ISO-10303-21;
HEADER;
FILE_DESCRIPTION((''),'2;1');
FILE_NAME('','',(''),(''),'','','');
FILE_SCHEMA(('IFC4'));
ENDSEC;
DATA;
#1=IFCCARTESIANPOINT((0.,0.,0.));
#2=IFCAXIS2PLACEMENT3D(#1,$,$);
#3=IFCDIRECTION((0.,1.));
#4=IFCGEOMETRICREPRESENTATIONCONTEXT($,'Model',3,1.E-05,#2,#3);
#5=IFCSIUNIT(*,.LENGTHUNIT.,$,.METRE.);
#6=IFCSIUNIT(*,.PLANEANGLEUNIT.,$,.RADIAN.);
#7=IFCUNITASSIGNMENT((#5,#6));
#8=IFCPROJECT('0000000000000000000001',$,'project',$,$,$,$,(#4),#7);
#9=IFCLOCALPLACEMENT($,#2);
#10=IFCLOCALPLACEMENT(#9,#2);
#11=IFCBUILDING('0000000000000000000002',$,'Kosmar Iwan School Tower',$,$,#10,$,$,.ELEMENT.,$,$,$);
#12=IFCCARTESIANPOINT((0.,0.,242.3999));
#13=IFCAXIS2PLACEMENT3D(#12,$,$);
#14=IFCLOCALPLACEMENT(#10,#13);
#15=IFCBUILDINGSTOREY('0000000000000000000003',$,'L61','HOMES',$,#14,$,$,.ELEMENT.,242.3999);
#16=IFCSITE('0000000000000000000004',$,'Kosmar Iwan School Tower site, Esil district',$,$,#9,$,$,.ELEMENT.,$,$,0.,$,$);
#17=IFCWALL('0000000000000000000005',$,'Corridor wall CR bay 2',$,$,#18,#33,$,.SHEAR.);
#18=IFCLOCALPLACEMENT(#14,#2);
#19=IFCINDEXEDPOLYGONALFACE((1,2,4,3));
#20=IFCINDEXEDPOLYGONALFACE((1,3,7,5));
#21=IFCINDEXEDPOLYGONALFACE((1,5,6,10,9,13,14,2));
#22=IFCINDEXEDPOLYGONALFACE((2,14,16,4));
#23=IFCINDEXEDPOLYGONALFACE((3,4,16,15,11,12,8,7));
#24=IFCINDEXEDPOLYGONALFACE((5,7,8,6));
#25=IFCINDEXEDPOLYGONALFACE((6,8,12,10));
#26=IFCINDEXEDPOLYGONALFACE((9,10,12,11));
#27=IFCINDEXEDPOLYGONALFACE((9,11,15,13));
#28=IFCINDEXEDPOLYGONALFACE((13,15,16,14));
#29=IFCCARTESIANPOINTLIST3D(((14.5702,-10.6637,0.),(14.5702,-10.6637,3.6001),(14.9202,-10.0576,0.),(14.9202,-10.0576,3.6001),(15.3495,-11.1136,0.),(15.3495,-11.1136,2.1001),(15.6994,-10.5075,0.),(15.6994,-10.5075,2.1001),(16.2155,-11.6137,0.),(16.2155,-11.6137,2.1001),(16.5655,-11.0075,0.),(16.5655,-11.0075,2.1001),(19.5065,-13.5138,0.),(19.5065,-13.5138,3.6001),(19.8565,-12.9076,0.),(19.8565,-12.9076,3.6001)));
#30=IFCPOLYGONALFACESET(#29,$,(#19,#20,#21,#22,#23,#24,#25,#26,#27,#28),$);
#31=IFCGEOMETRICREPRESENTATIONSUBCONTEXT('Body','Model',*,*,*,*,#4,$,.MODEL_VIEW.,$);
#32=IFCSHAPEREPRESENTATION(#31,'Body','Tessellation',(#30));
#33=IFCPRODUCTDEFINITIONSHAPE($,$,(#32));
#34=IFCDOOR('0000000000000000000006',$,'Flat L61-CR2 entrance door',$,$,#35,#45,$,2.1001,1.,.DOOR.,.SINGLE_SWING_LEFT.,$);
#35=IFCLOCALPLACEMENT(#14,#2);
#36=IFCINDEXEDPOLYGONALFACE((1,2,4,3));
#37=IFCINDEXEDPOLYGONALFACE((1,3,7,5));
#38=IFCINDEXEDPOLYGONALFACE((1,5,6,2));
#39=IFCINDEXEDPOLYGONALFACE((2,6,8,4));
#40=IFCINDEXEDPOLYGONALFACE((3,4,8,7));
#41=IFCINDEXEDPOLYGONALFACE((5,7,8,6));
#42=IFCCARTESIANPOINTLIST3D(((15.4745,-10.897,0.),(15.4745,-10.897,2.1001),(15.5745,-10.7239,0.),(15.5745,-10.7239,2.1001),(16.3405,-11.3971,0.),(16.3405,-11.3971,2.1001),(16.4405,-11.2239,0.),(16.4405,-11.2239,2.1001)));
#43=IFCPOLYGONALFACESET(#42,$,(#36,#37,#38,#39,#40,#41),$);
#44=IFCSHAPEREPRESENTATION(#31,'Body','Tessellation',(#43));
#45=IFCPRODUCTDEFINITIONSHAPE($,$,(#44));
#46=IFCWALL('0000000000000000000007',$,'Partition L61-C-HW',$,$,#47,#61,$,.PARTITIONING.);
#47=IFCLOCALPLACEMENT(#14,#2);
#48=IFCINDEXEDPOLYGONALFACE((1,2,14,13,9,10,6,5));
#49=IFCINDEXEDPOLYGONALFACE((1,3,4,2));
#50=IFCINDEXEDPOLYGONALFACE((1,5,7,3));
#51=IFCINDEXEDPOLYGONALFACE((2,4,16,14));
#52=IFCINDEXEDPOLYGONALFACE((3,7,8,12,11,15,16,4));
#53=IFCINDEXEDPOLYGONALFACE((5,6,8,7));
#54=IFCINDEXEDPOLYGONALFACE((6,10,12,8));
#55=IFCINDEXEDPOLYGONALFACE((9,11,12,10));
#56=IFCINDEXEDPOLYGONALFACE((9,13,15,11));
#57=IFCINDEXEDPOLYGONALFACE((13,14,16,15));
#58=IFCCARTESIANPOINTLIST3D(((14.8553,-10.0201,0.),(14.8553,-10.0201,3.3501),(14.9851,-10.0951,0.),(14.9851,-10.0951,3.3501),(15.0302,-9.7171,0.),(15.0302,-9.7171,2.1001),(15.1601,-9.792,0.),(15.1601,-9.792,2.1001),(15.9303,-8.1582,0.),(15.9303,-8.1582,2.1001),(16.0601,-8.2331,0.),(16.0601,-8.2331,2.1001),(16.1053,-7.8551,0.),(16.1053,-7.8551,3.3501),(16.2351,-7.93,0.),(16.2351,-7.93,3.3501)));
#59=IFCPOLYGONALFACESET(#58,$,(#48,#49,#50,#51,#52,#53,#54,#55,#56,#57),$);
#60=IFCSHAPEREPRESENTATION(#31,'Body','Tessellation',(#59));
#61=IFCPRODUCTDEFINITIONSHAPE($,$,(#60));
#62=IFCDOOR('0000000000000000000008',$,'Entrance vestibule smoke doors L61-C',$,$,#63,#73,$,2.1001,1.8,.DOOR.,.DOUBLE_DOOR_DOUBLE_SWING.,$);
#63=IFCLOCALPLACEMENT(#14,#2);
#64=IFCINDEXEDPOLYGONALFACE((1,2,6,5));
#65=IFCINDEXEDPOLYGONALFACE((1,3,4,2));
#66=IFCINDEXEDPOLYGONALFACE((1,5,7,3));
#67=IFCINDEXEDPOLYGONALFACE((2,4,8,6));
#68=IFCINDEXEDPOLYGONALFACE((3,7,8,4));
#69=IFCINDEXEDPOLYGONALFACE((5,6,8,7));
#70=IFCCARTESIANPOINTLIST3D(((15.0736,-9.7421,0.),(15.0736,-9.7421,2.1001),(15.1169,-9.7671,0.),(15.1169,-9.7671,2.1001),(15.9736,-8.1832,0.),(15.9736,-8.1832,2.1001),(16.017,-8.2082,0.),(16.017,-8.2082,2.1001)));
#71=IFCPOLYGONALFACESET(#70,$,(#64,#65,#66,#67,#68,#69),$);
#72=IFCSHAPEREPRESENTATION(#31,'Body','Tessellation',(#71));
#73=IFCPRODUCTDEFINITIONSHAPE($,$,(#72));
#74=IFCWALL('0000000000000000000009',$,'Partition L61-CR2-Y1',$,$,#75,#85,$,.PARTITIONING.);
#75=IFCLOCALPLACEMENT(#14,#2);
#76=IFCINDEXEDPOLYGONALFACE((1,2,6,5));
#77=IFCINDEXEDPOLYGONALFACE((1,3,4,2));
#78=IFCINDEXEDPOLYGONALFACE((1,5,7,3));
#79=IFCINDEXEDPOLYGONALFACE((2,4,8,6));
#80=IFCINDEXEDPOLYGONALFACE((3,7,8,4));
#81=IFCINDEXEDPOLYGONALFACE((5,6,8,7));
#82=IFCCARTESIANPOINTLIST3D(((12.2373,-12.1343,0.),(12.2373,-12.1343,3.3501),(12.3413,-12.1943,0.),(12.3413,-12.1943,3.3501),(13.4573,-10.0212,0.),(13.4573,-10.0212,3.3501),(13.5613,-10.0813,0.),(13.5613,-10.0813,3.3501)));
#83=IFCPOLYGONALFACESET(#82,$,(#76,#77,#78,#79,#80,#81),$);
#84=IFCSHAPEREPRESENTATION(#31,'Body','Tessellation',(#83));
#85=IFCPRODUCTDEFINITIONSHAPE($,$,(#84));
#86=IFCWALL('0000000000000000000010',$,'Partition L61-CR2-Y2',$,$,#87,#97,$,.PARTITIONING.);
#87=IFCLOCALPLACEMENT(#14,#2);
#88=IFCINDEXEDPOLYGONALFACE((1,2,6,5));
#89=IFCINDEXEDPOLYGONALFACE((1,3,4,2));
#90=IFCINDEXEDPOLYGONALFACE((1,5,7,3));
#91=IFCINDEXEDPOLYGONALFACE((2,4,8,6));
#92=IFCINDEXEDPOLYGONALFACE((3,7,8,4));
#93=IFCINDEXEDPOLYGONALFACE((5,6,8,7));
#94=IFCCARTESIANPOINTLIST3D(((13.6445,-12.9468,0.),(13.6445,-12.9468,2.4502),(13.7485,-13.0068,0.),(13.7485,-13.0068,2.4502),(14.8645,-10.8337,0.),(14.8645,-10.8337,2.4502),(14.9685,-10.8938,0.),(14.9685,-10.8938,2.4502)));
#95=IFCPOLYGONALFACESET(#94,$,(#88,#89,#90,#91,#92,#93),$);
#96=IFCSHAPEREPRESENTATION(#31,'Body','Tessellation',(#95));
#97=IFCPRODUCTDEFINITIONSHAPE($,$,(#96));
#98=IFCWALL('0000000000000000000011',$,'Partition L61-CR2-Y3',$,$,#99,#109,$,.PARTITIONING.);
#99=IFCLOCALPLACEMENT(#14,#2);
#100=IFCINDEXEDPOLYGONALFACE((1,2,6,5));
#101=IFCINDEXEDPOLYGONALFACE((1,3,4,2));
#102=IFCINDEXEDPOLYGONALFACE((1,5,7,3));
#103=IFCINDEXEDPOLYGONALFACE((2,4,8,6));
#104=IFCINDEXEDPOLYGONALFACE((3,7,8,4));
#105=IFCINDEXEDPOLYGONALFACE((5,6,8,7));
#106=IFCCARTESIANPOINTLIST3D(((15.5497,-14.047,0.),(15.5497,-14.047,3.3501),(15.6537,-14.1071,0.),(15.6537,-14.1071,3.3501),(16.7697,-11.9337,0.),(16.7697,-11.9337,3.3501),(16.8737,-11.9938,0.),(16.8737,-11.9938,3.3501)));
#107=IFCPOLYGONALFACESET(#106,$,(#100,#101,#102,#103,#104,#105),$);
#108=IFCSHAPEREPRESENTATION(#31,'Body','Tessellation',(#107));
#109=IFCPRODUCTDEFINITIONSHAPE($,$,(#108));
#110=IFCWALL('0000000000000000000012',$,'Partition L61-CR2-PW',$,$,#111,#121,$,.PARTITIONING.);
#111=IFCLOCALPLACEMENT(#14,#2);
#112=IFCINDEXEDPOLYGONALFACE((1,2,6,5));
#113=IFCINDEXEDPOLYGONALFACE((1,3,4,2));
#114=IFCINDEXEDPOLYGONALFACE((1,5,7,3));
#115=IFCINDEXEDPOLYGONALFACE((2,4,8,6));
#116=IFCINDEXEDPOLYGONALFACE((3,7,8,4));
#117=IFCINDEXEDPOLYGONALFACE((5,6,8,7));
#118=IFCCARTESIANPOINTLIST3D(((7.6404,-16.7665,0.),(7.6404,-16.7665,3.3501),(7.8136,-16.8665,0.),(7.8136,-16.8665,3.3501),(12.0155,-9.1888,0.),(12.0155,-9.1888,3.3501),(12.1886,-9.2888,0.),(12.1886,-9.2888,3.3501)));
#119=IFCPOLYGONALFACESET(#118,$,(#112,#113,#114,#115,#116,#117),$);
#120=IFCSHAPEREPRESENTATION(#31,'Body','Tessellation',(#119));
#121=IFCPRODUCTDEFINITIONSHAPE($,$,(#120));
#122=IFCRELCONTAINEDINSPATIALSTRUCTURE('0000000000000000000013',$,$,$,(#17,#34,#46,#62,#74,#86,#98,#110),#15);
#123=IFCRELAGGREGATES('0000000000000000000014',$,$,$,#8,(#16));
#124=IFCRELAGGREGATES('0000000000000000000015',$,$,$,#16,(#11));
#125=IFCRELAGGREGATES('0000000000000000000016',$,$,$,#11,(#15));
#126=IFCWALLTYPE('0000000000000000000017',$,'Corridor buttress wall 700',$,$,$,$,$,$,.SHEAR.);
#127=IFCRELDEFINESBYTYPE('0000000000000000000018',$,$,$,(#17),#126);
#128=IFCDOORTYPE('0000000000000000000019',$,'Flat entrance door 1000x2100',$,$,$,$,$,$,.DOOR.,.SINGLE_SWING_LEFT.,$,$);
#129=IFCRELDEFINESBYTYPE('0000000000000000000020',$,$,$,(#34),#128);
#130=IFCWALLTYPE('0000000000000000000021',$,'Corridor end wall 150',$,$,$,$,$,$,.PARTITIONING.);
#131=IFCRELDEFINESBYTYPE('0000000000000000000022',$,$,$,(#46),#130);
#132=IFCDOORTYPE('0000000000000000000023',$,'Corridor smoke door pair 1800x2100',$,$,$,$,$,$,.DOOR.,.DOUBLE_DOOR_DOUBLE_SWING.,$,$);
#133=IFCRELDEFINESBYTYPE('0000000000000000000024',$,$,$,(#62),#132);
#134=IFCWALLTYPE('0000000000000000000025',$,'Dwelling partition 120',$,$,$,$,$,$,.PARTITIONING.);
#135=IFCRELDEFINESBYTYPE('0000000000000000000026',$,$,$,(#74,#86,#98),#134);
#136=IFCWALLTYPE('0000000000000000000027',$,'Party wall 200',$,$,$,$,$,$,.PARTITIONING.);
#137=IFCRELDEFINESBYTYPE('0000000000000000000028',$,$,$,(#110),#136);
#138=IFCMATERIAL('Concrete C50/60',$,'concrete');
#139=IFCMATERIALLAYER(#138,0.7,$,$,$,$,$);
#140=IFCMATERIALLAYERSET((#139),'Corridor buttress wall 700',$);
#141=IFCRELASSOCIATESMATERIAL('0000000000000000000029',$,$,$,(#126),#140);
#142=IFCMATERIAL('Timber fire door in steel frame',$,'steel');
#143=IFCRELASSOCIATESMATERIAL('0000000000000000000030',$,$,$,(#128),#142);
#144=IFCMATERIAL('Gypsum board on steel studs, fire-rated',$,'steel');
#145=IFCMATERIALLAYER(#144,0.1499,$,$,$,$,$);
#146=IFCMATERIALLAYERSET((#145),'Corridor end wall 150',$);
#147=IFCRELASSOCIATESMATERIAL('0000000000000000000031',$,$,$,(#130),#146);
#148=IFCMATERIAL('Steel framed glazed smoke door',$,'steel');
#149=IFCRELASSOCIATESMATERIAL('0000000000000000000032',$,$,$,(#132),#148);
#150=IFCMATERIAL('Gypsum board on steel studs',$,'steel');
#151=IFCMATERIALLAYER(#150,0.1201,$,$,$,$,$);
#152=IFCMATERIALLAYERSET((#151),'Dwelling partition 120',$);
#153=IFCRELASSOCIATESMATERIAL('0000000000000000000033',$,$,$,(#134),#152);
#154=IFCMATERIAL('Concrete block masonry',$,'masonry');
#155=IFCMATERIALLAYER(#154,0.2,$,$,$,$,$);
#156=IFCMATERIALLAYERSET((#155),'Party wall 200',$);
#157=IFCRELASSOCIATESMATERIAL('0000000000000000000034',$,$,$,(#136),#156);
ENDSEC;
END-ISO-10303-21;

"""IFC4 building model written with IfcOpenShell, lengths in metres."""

from ifc_helpers import new_model, si_unit, direction, frame, frame_2d, origin, place, context, subcontext, project, spatial, rectangle, extrude, material, layer, layer_set, type_object, element, fill, save


model = new_model("IFC4")

# Units and contexts
model_context = context("Model", 3, precision=1e-05, world=origin(), true_north=direction((0.0, 1.0)))
body_context = subcontext(model_context, "Body", "Model", "MODEL_VIEW")
ifc_project = project(units=[si_unit("LENGTHUNIT", "METRE"), si_unit("PLANEANGLEUNIT", "RADIAN")], contexts=[model_context])

# Site, building, storey
site_placement = place(None, origin())
site = spatial("IfcSite", under=ifc_project, at=site_placement, Name="Kosmar Iwan School Tower site, Esil district", CompositionType="ELEMENT", RefElevation=0.0)
building_placement = place(site_placement, origin())
building = spatial("IfcBuilding", under=site, at=building_placement, Name="Kosmar Iwan School Tower", CompositionType="ELEMENT")
storey_placement = place(building_placement, frame((0.0, 0.0, 242.3999)))
storey = spatial("IfcBuildingStorey", under=building, at=storey_placement, Name="L61", Description="HOMES", CompositionType="ELEMENT", Elevation=242.3999)

# Walls, openings, doors
ifc_material_1 = material(Name="Concrete C50/60", Category="concrete")
ifc_layer_1 = layer(ifc_material_1, 0.7)
ifc_layer_set_1 = layer_set([ifc_layer_1], Name="Corridor buttress wall 700")
wall_type_1 = type_object("IfcWallType", Name="Corridor buttress wall 700", PredefinedType="SHEAR", material=ifc_layer_set_1)
wall_1_placement = place(storey_placement, frame((14.7451, -10.3606, 0.0), z_axis=(0.0, 0.0, 1.0), x_axis=(0.866015, -0.500018, 0.0)))
wall_1 = element("IfcWall", 1, at=wall_1_placement, inside=storey, type_object=wall_type_1, Name="Corridor wall CR bay 2", PredefinedType="SHEAR", context=body_context, shape_type="SweptSolid", body=[
    extrude(rectangle(XDim=5.7, YDim=0.7, at=frame_2d((2.8501, 0.0))), origin(), (0.0, 0.0, 1.0), 3.6001),
])
opening_1_placement = place(wall_1_placement, frame((0.8999, 0.0, 0.0)))
opening_1 = element("IfcOpeningElement", 2, at=opening_1_placement, cuts=wall_1, PredefinedType="OPENING", context=body_context, shape_type="SweptSolid", body=[
    extrude(rectangle(XDim=1.0, YDim=2.1001, at=frame_2d((0.5, 1.05))), frame((0.0, 0.3621, 0.0), z_axis=(0.0, -1.0, 0.0), x_axis=(1.0, 0.0, 0.0)), (0.0, 0.0, 1.0), 0.7239),
])
ifc_material_2 = material(Name="Timber fire door in steel frame", Category="steel")
door_type_1 = type_object("IfcDoorType", Name="Flat entrance door 1000x2100", OperationType="SINGLE_SWING_LEFT", PredefinedType="DOOR", material=ifc_material_2)
door_1_placement = place(opening_1_placement, origin())
door_1 = element("IfcDoor", 3, at=door_1_placement, inside=storey, type_object=door_type_1, Name="Flat L61-CR2 entrance door", OperationType="SINGLE_SWING_LEFT", OverallHeight=2.1001, OverallWidth=1.0, PredefinedType="DOOR", context=body_context, shape_type="SweptSolid", body=[
    extrude(rectangle(XDim=1.0, YDim=2.1001, at=frame_2d((0.5, 1.05))), frame((0.0, 0.1001, 0.0), z_axis=(0.0, -1.0, 0.0), x_axis=(1.0, 0.0, 0.0)), (0.0, 0.0, 1.0), 0.2),
])
fill(opening_1, door_1)
ifc_material_3 = material(Name="Gypsum board on steel studs, fire-rated", Category="steel")
ifc_layer_2 = layer(ifc_material_3, 0.1499)
ifc_layer_set_2 = layer_set([ifc_layer_2], Name="Corridor end wall 150")
wall_type_2 = type_object("IfcWallType", Name="Corridor end wall 150", PredefinedType="PARTITIONING", material=ifc_layer_set_2)
wall_2_placement = place(storey_placement, frame((14.9202, -10.0576, 0.0), z_axis=(0.0, 0.0, 1.0), x_axis=(0.500004, 0.866023, 0.0)))
wall_2 = element("IfcWall", 4, at=wall_2_placement, inside=storey, type_object=wall_type_2, Name="Partition L61-C-HW", PredefinedType="PARTITIONING", context=body_context, shape_type="SweptSolid", body=[
    extrude(rectangle(XDim=2.5, YDim=0.1499, at=frame_2d((1.25, 0.0))), origin(), (0.0, 0.0, 1.0), 3.3501),
])
opening_2_placement = place(wall_2_placement, frame((0.3501, 0.0, 0.0)))
opening_2 = element("IfcOpeningElement", 5, at=opening_2_placement, cuts=wall_2, PredefinedType="OPENING", context=body_context, shape_type="SweptSolid", body=[
    extrude(rectangle(XDim=1.8, YDim=2.1001, at=frame_2d((0.8999, 1.05))), frame((0.0, 0.0869, 0.0), z_axis=(0.0, -1.0, 0.0), x_axis=(1.0, 0.0, 0.0)), (0.0, 0.0, 1.0), 0.1738),
])
ifc_material_4 = material(Name="Steel framed glazed smoke door", Category="steel")
door_type_2 = type_object("IfcDoorType", Name="Corridor smoke door pair 1800x2100", OperationType="DOUBLE_DOOR_DOUBLE_SWING", PredefinedType="DOOR", material=ifc_material_4)
door_2_placement = place(opening_2_placement, origin())
door_2 = element("IfcDoor", 6, at=door_2_placement, inside=storey, type_object=door_type_2, Name="Entrance vestibule smoke doors L61-C", OperationType="DOUBLE_DOOR_DOUBLE_SWING", OverallHeight=2.1001, OverallWidth=1.8, PredefinedType="DOOR", context=body_context, shape_type="SweptSolid", body=[
    extrude(rectangle(XDim=1.8, YDim=2.1001, at=frame_2d((0.8999, 1.05))), frame((0.0, 0.0249, 0.0), z_axis=(0.0, -1.0, 0.0), x_axis=(1.0, 0.0, 0.0)), (0.0, 0.0, 1.0), 0.05),
])
fill(opening_2, door_2)

# Walls
ifc_material_5 = material(Name="Gypsum board on steel studs", Category="steel")
ifc_layer_3 = layer(ifc_material_5, 0.1201)
ifc_layer_set_3 = layer_set([ifc_layer_3], Name="Dwelling partition 120")
wall_type_3 = type_object("IfcWallType", Name="Dwelling partition 120", PredefinedType="PARTITIONING", material=ifc_layer_set_3)
wall_3_placement = place(storey_placement, frame((13.5093, -10.0513, 0.0), z_axis=(0.0, 0.0, 1.0), x_axis=(-0.500003, -0.866024, 0.0)))
element("IfcWall", 7, at=wall_3_placement, inside=storey, type_object=wall_type_3, Name="Partition L61-CR2-Y1", PredefinedType="PARTITIONING", context=body_context, shape_type="SweptSolid", body=[
    extrude(rectangle(XDim=2.4399, YDim=0.1201, at=frame_2d((1.22, 0.0))), origin(), (0.0, 0.0, 1.0), 3.3501),
])
wall_4_placement = place(storey_placement, frame((14.9165, -10.8638, 0.0), z_axis=(0.0, 0.0, 1.0), x_axis=(-0.500003, -0.866024, 0.0)))
element("IfcWall", 8, at=wall_4_placement, inside=storey, type_object=wall_type_3, Name="Partition L61-CR2-Y2", PredefinedType="PARTITIONING", context=body_context, shape_type="SweptSolid", body=[
    extrude(rectangle(XDim=2.4399, YDim=0.1201, at=frame_2d((1.22, 0.0))), origin(), (0.0, 0.0, 1.0), 2.4502),
])
wall_5_placement = place(storey_placement, frame((16.8218, -11.9636, 0.0), z_axis=(0.0, 0.0, 1.0), x_axis=(-0.499959, -0.866049, 0.0)))
element("IfcWall", 9, at=wall_5_placement, inside=storey, type_object=wall_type_3, Name="Partition L61-CR2-Y3", PredefinedType="PARTITIONING", context=body_context, shape_type="SweptSolid", body=[
    extrude(rectangle(XDim=2.4402, YDim=0.1201, at=frame_2d((1.2202, 0.0))), origin(), (0.0, 0.0, 1.0), 3.3501),
])
ifc_material_6 = material(Name="Concrete block masonry", Category="masonry")
ifc_layer_4 = layer(ifc_material_6, 0.2)
ifc_layer_set_4 = layer_set([ifc_layer_4], Name="Party wall 200")
wall_type_4 = type_object("IfcWallType", Name="Party wall 200", PredefinedType="PARTITIONING", material=ifc_layer_set_4)
wall_6_placement = place(storey_placement, frame((12.1021, -9.2388, 0.0), z_axis=(0.0, 0.0, 1.0), x_axis=(-0.500004, -0.866023, 0.0)))
element("IfcWall", 10, at=wall_6_placement, inside=storey, type_object=wall_type_4, Name="Partition L61-CR2-PW", PredefinedType="PARTITIONING", context=body_context, shape_type="SweptSolid", body=[
    extrude(rectangle(XDim=8.75, YDim=0.2, at=frame_2d((4.375, 0.0))), origin(), (0.0, 0.0, 1.0), 3.3501),
])

save(model, "model.ifc")
